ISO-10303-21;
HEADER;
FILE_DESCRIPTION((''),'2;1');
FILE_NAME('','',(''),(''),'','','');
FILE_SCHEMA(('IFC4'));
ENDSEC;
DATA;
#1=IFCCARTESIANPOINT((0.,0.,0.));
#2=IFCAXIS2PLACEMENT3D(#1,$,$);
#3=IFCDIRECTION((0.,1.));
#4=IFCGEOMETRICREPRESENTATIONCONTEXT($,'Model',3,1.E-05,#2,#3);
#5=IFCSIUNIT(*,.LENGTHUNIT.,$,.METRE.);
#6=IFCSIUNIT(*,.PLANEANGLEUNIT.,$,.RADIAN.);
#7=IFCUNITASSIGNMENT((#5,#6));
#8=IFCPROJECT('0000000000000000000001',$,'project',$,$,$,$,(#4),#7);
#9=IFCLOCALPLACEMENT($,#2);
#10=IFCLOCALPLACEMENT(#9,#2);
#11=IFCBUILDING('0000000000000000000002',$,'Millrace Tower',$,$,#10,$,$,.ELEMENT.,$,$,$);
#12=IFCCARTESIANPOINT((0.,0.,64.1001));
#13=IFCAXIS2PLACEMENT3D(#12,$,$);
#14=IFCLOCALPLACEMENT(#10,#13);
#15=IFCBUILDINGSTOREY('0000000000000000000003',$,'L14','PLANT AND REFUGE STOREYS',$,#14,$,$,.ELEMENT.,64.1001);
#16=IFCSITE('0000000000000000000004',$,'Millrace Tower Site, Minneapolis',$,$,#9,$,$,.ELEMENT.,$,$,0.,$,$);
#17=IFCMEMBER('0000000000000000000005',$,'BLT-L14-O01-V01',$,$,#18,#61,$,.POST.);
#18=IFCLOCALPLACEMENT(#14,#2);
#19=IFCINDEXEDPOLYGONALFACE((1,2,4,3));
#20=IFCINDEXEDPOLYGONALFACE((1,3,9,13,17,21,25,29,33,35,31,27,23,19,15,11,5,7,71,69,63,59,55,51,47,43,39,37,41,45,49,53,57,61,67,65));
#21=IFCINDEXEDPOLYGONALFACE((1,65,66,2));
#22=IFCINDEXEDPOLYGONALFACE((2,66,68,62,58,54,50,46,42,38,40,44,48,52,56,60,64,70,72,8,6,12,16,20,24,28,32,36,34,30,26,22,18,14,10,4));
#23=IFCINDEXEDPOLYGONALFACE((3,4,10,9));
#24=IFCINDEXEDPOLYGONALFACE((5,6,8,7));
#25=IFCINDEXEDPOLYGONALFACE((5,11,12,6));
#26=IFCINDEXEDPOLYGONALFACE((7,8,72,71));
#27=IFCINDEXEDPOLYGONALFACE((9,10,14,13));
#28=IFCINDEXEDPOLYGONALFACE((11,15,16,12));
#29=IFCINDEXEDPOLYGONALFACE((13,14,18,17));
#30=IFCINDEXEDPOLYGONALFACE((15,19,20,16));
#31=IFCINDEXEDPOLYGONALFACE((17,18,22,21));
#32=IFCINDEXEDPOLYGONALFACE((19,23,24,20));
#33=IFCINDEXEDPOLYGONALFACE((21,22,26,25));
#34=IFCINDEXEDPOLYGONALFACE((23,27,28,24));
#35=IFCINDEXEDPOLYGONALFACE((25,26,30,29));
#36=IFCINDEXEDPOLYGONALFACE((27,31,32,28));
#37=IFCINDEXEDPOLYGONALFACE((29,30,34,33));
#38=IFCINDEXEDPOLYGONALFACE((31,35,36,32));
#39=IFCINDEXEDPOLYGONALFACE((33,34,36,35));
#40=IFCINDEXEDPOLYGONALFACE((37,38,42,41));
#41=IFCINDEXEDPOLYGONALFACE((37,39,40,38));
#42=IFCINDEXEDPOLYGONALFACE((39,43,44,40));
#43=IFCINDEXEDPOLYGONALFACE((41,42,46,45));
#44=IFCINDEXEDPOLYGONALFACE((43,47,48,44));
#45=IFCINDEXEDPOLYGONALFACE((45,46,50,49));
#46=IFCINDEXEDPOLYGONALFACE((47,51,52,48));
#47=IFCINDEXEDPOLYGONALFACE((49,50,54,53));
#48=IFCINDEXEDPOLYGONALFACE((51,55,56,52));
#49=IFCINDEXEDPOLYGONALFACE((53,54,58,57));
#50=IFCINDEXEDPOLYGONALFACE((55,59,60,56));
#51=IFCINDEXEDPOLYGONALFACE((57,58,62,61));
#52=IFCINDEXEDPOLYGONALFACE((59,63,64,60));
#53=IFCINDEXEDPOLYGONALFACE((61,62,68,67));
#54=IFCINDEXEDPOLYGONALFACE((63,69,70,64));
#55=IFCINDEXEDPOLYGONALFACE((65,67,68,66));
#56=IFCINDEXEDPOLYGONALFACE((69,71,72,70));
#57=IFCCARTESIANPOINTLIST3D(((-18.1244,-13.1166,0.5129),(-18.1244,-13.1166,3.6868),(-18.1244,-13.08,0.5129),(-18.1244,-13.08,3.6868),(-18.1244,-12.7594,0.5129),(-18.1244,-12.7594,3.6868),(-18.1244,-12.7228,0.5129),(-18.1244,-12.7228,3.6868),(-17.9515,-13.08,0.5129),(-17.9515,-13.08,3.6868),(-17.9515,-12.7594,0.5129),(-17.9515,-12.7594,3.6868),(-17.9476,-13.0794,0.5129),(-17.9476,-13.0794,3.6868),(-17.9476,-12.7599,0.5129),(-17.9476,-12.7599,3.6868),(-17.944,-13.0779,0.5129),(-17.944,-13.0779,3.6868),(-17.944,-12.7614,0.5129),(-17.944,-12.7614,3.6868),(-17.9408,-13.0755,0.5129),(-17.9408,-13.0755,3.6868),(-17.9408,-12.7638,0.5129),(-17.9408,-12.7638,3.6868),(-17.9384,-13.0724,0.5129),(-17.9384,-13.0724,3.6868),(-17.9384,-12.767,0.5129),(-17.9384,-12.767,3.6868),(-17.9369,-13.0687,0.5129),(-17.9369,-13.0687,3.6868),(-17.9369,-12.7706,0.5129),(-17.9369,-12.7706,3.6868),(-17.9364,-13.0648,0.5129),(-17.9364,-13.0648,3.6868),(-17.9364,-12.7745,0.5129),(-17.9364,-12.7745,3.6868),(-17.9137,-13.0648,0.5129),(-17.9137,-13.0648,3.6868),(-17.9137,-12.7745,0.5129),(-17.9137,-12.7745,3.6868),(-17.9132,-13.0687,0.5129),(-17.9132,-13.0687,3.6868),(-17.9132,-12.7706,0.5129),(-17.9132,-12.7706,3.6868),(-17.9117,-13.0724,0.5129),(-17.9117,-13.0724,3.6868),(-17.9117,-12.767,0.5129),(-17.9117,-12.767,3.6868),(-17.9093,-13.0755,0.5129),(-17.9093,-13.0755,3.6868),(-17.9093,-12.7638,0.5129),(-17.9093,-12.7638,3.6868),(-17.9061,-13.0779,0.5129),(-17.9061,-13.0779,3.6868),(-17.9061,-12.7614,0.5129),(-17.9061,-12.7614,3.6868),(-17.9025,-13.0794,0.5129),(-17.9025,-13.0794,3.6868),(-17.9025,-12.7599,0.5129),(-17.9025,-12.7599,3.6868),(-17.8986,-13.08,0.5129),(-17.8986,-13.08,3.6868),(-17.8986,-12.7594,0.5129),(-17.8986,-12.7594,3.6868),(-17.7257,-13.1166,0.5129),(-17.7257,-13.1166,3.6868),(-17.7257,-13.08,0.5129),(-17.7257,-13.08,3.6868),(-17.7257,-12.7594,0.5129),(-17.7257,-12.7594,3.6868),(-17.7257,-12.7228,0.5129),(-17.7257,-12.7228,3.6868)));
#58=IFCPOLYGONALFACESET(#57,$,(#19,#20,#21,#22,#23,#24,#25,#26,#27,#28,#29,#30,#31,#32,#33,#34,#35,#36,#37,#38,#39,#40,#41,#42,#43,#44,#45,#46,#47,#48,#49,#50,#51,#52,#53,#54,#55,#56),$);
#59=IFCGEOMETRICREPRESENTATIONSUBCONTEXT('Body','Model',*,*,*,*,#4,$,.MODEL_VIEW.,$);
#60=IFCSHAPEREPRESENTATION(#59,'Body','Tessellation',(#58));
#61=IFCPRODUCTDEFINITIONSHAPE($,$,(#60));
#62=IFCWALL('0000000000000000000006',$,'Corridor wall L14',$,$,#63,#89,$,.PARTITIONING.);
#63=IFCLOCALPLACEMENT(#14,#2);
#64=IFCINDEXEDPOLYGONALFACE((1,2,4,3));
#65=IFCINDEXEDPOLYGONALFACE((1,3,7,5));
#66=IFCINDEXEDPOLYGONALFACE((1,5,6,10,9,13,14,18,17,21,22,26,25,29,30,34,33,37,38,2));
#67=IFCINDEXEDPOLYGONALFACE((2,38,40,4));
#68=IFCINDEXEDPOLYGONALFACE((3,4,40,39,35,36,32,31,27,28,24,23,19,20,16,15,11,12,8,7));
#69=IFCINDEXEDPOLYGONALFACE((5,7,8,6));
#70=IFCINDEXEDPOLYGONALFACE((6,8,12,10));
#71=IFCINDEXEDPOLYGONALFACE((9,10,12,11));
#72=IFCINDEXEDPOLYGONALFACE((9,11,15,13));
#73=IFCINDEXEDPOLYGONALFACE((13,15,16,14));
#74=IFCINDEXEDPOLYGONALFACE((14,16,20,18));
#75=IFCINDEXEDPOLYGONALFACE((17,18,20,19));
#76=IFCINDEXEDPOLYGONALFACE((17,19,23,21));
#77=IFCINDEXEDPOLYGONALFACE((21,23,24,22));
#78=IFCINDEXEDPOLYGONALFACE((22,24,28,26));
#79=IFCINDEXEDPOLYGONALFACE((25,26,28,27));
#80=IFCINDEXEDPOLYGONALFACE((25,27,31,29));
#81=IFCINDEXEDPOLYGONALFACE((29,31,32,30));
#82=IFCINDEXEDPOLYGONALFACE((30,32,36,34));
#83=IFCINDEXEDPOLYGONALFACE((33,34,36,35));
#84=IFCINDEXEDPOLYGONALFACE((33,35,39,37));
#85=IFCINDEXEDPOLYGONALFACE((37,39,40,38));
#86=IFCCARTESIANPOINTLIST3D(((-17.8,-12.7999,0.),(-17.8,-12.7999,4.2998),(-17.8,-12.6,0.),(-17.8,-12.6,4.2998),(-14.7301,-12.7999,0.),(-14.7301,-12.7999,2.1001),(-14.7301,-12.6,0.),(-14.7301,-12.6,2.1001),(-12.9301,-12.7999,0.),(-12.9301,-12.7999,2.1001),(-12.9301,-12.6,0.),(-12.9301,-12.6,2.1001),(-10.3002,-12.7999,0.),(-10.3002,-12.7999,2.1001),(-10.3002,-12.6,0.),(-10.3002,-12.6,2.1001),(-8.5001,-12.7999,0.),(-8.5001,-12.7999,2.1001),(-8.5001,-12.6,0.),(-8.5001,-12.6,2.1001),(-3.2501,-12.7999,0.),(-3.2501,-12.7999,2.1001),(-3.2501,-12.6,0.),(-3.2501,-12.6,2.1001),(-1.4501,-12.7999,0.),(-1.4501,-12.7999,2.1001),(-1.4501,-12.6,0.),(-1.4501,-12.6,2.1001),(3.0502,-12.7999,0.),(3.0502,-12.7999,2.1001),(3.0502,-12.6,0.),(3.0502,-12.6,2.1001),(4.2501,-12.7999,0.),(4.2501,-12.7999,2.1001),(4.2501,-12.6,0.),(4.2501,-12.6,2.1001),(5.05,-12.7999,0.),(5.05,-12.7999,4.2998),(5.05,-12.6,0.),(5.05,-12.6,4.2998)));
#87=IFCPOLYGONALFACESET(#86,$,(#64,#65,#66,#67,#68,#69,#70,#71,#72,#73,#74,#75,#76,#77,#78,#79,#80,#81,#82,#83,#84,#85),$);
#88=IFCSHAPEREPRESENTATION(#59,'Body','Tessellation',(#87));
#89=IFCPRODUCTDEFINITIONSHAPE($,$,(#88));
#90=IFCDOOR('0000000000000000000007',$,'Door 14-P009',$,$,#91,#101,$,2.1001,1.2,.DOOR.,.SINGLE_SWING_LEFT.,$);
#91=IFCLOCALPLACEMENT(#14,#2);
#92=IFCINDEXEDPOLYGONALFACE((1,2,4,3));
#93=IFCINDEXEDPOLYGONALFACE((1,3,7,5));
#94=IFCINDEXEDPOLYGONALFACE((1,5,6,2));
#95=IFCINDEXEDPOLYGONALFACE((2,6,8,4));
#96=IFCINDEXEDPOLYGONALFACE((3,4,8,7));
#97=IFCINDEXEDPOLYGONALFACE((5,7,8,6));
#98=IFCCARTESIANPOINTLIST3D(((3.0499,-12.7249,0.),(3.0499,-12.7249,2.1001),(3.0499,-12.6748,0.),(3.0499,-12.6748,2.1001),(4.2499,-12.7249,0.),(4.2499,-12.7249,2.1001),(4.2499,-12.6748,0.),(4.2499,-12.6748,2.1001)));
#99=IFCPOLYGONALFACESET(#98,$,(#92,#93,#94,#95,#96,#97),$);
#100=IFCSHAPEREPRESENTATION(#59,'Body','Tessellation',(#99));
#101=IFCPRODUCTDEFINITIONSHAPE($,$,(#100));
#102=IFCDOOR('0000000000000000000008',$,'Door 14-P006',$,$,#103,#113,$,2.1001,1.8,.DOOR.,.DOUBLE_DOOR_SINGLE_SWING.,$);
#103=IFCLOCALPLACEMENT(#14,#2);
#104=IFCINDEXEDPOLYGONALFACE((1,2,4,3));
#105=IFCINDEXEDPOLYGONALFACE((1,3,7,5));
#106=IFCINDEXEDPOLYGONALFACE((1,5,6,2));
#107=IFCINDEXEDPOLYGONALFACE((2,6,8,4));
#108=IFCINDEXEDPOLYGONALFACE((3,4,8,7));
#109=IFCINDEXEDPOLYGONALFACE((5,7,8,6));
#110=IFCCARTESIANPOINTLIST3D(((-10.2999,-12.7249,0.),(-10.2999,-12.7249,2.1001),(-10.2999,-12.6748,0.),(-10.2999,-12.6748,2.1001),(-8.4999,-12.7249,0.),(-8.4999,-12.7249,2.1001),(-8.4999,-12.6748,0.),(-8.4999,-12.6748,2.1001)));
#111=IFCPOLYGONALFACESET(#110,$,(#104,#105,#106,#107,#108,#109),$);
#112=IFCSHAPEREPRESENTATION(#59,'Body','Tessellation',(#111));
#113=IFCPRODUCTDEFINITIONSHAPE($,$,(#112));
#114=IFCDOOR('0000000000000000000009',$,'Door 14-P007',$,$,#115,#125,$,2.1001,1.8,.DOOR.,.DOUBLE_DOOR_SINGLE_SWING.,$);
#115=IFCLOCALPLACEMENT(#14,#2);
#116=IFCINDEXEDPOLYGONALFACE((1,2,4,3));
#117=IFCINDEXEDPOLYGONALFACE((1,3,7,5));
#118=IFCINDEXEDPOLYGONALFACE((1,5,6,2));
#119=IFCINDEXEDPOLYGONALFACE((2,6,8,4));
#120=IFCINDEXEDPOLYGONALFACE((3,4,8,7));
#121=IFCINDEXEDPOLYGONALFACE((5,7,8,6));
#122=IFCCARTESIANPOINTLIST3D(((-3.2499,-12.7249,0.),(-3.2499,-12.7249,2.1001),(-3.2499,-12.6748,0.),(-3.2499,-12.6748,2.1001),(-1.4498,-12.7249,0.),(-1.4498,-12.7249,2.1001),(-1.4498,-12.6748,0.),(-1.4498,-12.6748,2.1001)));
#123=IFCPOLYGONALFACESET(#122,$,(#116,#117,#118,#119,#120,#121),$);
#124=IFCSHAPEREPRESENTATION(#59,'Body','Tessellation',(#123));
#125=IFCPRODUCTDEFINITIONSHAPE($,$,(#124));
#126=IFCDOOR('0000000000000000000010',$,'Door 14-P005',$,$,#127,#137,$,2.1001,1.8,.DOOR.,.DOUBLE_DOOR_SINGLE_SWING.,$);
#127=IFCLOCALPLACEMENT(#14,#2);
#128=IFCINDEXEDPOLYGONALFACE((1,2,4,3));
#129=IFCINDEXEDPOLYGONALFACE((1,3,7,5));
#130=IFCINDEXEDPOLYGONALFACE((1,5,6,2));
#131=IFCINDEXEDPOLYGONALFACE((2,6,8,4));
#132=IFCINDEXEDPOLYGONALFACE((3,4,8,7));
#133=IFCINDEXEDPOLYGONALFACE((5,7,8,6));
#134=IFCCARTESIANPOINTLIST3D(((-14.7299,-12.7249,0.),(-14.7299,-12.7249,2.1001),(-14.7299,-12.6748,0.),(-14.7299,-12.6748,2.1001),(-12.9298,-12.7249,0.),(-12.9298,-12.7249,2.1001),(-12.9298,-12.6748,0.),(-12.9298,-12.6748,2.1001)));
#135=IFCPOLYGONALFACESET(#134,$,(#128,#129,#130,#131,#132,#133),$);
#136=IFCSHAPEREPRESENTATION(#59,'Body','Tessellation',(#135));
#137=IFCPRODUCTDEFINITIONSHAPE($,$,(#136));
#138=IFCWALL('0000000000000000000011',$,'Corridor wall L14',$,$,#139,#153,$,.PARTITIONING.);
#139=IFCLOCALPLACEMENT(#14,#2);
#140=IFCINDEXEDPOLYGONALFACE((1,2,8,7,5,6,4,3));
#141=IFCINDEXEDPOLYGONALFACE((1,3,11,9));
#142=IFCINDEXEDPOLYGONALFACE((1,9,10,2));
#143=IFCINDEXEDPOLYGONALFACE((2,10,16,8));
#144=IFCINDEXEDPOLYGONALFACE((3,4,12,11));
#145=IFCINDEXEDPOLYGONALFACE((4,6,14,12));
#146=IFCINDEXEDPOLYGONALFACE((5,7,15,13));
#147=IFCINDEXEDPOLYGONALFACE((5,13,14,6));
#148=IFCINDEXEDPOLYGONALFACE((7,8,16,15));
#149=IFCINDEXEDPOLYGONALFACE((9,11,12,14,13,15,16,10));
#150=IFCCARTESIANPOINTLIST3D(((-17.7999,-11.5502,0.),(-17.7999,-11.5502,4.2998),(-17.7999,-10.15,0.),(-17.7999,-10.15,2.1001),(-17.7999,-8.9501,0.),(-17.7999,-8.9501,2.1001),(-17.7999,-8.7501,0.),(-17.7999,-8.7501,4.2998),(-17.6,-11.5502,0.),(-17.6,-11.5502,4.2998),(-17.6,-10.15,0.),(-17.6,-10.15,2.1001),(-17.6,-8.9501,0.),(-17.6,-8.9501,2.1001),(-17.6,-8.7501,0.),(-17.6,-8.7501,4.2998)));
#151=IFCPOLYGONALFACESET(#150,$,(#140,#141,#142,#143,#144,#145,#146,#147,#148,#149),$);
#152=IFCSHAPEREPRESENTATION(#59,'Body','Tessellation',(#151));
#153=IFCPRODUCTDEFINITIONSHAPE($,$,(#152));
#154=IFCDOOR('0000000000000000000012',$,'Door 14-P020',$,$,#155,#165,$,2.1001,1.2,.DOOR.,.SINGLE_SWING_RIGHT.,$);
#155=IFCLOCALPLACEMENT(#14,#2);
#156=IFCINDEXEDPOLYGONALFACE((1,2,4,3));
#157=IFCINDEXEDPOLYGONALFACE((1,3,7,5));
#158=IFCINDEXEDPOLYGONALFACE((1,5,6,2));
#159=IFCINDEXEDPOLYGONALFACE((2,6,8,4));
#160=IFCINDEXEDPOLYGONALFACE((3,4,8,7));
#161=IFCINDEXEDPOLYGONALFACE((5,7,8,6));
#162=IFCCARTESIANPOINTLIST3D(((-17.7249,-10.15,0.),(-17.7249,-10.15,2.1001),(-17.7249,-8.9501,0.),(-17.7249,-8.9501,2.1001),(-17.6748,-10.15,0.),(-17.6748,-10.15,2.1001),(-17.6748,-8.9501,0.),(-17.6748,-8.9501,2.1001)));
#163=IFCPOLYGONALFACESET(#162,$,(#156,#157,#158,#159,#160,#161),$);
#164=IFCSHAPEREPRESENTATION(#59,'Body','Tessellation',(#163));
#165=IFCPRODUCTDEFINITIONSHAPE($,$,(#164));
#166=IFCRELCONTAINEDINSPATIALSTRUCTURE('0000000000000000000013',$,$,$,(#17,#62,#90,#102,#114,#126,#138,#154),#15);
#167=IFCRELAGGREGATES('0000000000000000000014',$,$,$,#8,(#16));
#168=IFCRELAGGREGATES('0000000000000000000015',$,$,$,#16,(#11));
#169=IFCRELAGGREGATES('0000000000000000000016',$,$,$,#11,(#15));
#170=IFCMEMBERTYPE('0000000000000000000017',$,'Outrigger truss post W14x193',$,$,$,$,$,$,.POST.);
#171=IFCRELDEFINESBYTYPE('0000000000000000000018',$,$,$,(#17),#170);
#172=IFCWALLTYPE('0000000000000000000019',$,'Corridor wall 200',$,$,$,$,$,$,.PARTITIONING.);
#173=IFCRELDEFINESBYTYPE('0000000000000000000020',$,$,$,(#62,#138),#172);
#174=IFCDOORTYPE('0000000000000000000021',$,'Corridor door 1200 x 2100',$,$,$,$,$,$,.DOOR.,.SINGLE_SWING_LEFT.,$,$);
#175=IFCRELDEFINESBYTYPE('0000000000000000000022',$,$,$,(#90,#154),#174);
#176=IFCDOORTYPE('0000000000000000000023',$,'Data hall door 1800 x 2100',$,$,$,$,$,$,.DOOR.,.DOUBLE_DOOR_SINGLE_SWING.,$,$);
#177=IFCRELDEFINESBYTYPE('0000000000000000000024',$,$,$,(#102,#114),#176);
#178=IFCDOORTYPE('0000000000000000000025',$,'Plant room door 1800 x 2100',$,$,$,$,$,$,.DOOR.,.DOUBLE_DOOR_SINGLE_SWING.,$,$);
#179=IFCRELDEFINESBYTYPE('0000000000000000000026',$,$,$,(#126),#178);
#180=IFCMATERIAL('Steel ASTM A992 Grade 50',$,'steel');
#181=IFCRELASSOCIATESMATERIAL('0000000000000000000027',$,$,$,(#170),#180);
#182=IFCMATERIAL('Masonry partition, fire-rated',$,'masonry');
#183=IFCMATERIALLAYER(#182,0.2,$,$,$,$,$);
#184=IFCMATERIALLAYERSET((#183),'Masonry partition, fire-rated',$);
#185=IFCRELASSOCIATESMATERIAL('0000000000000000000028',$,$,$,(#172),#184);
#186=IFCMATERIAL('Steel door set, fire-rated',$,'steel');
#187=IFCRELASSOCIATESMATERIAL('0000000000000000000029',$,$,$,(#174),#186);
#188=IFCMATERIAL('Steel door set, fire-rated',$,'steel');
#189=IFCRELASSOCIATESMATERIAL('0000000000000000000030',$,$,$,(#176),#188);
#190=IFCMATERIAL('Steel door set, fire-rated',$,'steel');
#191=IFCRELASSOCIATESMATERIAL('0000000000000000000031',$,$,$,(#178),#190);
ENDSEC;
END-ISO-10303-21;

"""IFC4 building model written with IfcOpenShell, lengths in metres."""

from ifc_helpers import new_model, si_unit, direction, frame, frame_2d, origin, origin_2d, place, context, subcontext, project, spatial, rectangle, i_section, extrude, material, layer, layer_set, material_profile, profile_set, type_object, element, fill, save


model = new_model("IFC4")

# Units and contexts
model_context = context("Model", 3, precision=1e-05, world=origin(), true_north=direction((0.0, 1.0)))
body_context = subcontext(model_context, "Body", "Model", "MODEL_VIEW")
ifc_project = project(units=[si_unit("LENGTHUNIT", "METRE"), si_unit("PLANEANGLEUNIT", "RADIAN")], contexts=[model_context])

# Site, building, storey
site_placement = place(None, origin())
site = spatial("IfcSite", under=ifc_project, at=site_placement, Name="Millrace Tower Site, Minneapolis", CompositionType="ELEMENT", RefElevation=0.0)
building_placement = place(site_placement, origin())
building = spatial("IfcBuilding", under=site, at=building_placement, Name="Millrace Tower", CompositionType="ELEMENT")
storey_placement = place(building_placement, frame((0.0, 0.0, 64.1001)))
storey = spatial("IfcBuildingStorey", under=building, at=storey_placement, Name="L14", Description="PLANT AND REFUGE STOREYS", CompositionType="ELEMENT", Elevation=64.1001)

# Member
ifc_material_1 = material(Name="Steel ASTM A992 Grade 50", Category="steel")
ifc_material_profile_1 = material_profile(ifc_material_1, i_section(OverallWidth=0.3987, OverallDepth=0.3938, WebThickness=0.0227, FlangeThickness=0.0366, FilletRadius=0.0151, at=origin_2d()))
ifc_profile_set_1 = profile_set([ifc_material_profile_1], Name="Steel ASTM A992 Grade 50")
member_type_1 = type_object("IfcMemberType", Name="Outrigger truss post W14x193", PredefinedType="POST", material=ifc_profile_set_1)
for number, where, z_axis, x_axis, name in (
    (1, (-17.925, -12.9197, 0.5129), (0.0, 0.0, 1.0), (1.0, 0.0, 0.0), "BLT-L14-O01-V01"),
):
    element("IfcMember", number, at=place(storey_placement, frame(where, z_axis=z_axis, x_axis=x_axis)), inside=storey, type_object=member_type_1, Name=name, PredefinedType="POST", context=body_context, shape_type="SweptSolid", body=[
        extrude(i_section(OverallWidth=0.3987, OverallDepth=0.3938, WebThickness=0.0227, FlangeThickness=0.0366, FilletRadius=0.0151, at=origin_2d()), origin(), (0.0, 0.0, 1.0), 3.1738),
    ])

# Wall, openings, doors
ifc_material_2 = material(Name="Masonry partition, fire-rated", Category="masonry")
ifc_layer_1 = layer(ifc_material_2, 0.2)
ifc_layer_set_1 = layer_set([ifc_layer_1], Name="Masonry partition, fire-rated")
wall_type_1 = type_object("IfcWallType", Name="Corridor wall 200", PredefinedType="PARTITIONING", material=ifc_layer_set_1)
wall_1_placement = place(storey_placement, frame((-17.8, -12.7, 0.0), z_axis=(0.0, 0.0, 1.0), x_axis=(1.0, 0.0, 0.0)))
wall_1 = element("IfcWall", 2, at=wall_1_placement, inside=storey, type_object=wall_type_1, Name="Corridor wall L14", PredefinedType="PARTITIONING", context=body_context, shape_type="SweptSolid", body=[
    extrude(rectangle(XDim=22.8501, YDim=0.2, at=frame_2d((11.425, 0.0))), origin(), (0.0, 0.0, 1.0), 4.2998),
])
opening_1_placement = place(wall_1_placement, frame((3.0701, 0.0, 0.0)))
opening_1 = element("IfcOpeningElement", 3, at=opening_1_placement, cuts=wall_1, PredefinedType="OPENING", context=body_context, shape_type="SweptSolid", body=[
    extrude(rectangle(XDim=1.8, YDim=2.1001, at=frame_2d((0.8999, 1.05))), frame((0.0, 0.1099, 0.0), z_axis=(0.0, -1.0, 0.0), x_axis=(1.0, 0.0, 0.0)), (0.0, 0.0, 1.0), 0.22),
])
opening_2_placement = place(wall_1_placement, frame((7.5, 0.0, 0.0)))
opening_2 = element("IfcOpeningElement", 4, at=opening_2_placement, cuts=wall_1, PredefinedType="OPENING", context=body_context, shape_type="SweptSolid", body=[
    extrude(rectangle(XDim=1.8, YDim=2.1001, at=frame_2d((0.8999, 1.05))), frame((0.0, 0.1099, 0.0), z_axis=(0.0, -1.0, 0.0), x_axis=(1.0, 0.0, 0.0)), (0.0, 0.0, 1.0), 0.22),
])
opening_3_placement = place(wall_1_placement, frame((14.55, 0.0, 0.0)))
opening_3 = element("IfcOpeningElement", 5, at=opening_3_placement, cuts=wall_1, PredefinedType="OPENING", context=body_context, shape_type="SweptSolid", body=[
    extrude(rectangle(XDim=1.8, YDim=2.1001, at=frame_2d((0.8999, 1.05))), frame((0.0, 0.1099, 0.0), z_axis=(0.0, -1.0, 0.0), x_axis=(1.0, 0.0, 0.0)), (0.0, 0.0, 1.0), 0.22),
])
opening_4_placement = place(wall_1_placement, frame((20.8501, 0.0, 0.0)))
opening_4 = element("IfcOpeningElement", 6, at=opening_4_placement, cuts=wall_1, PredefinedType="OPENING", context=body_context, shape_type="SweptSolid", body=[
    extrude(rectangle(XDim=1.2, YDim=2.1001, at=frame_2d((0.6001, 1.05))), frame((0.0, 0.1099, 0.0), z_axis=(0.0, -1.0, 0.0), x_axis=(1.0, 0.0, 0.0)), (0.0, 0.0, 1.0), 0.22),
])
ifc_material_3 = material(Name="Steel door set, fire-rated", Category="steel")
door_type_1 = type_object("IfcDoorType", Name="Corridor door 1200 x 2100", OperationType="SINGLE_SWING_LEFT", PredefinedType="DOOR", material=ifc_material_3)
door_1_placement = place(opening_4_placement, frame((1.2, 0.0, 0.0), z_axis=(0.0, 0.0, 1.0), x_axis=(-1.0, 0.0, 0.0)))
door_1 = element("IfcDoor", 7, at=door_1_placement, inside=storey, type_object=door_type_1, Name="Door 14-P009", OperationType="SINGLE_SWING_LEFT", OverallHeight=2.1001, OverallWidth=1.2, PredefinedType="DOOR", context=body_context, shape_type="SweptSolid", body=[
    extrude(rectangle(XDim=1.2, YDim=2.1001, at=frame_2d((0.6001, 1.05))), frame((0.0, 0.0249, 0.0), z_axis=(0.0, -1.0, 0.0), x_axis=(1.0, 0.0, 0.0)), (0.0, 0.0, 1.0), 0.05),
])
fill(opening_4, door_1)
ifc_material_4 = material(Name="Steel door set, fire-rated", Category="steel")
door_type_2 = type_object("IfcDoorType", Name="Data hall door 1800 x 2100", OperationType="DOUBLE_DOOR_SINGLE_SWING", PredefinedType="DOOR", material=ifc_material_4)
door_2_placement = place(opening_2_placement, frame((1.8, 0.0, 0.0), z_axis=(0.0, 0.0, 1.0), x_axis=(-1.0, 0.0, 0.0)))
door_2 = element("IfcDoor", 8, at=door_2_placement, inside=storey, type_object=door_type_2, Name="Door 14-P006", OperationType="DOUBLE_DOOR_SINGLE_SWING", OverallHeight=2.1001, OverallWidth=1.8, PredefinedType="DOOR", context=body_context, shape_type="SweptSolid", body=[
    extrude(rectangle(XDim=1.8, YDim=2.1001, at=frame_2d((0.8999, 1.05))), frame((0.0, 0.0249, 0.0), z_axis=(0.0, -1.0, 0.0), x_axis=(1.0, 0.0, 0.0)), (0.0, 0.0, 1.0), 0.05),
])
fill(opening_2, door_2)
door_3_placement = place(opening_3_placement, frame((1.8, 0.0, 0.0), z_axis=(0.0, 0.0, 1.0), x_axis=(-1.0, 0.0, 0.0)))
door_3 = element("IfcDoor", 9, at=door_3_placement, inside=storey, type_object=door_type_2, Name="Door 14-P007", OperationType="DOUBLE_DOOR_SINGLE_SWING", OverallHeight=2.1001, OverallWidth=1.8, PredefinedType="DOOR", context=body_context, shape_type="SweptSolid", body=[
    extrude(rectangle(XDim=1.8, YDim=2.1001, at=frame_2d((0.8999, 1.05))), frame((0.0, 0.0249, 0.0), z_axis=(0.0, -1.0, 0.0), x_axis=(1.0, 0.0, 0.0)), (0.0, 0.0, 1.0), 0.05),
])
fill(opening_3, door_3)
ifc_material_5 = material(Name="Steel door set, fire-rated", Category="steel")
door_type_3 = type_object("IfcDoorType", Name="Plant room door 1800 x 2100", OperationType="DOUBLE_DOOR_SINGLE_SWING", PredefinedType="DOOR", material=ifc_material_5)
door_4_placement = place(opening_1_placement, frame((1.8, 0.0, 0.0), z_axis=(0.0, 0.0, 1.0), x_axis=(-1.0, 0.0, 0.0)))
door_4 = element("IfcDoor", 10, at=door_4_placement, inside=storey, type_object=door_type_3, Name="Door 14-P005", OperationType="DOUBLE_DOOR_SINGLE_SWING", OverallHeight=2.1001, OverallWidth=1.8, PredefinedType="DOOR", context=body_context, shape_type="SweptSolid", body=[
    extrude(rectangle(XDim=1.8, YDim=2.1001, at=frame_2d((0.8999, 1.05))), frame((0.0, 0.0249, 0.0), z_axis=(0.0, -1.0, 0.0), x_axis=(1.0, 0.0, 0.0)), (0.0, 0.0, 1.0), 0.05),
])
fill(opening_1, door_4)

# Wall, opening, door
wall_2_placement = place(storey_placement, frame((-17.7, -11.55, 0.0), z_axis=(0.0, 0.0, 1.0), x_axis=(0.0, 1.0, 0.0)))
wall_2 = element("IfcWall", 11, at=wall_2_placement, inside=storey, type_object=wall_type_1, Name="Corridor wall L14", PredefinedType="PARTITIONING", context=body_context, shape_type="SweptSolid", body=[
    extrude(rectangle(XDim=2.8, YDim=0.2, at=frame_2d((1.3999, 0.0))), origin(), (0.0, 0.0, 1.0), 4.2998),
])
opening_5_placement = place(wall_2_placement, frame((1.3999, 0.0, 0.0)))
opening_5 = element("IfcOpeningElement", 12, at=opening_5_placement, cuts=wall_2, PredefinedType="OPENING", context=body_context, shape_type="SweptSolid", body=[
    extrude(rectangle(XDim=1.2, YDim=2.1001, at=frame_2d((0.6001, 1.05))), frame((0.0, 0.1099, 0.0), z_axis=(0.0, -1.0, 0.0), x_axis=(1.0, 0.0, 0.0)), (0.0, 0.0, 1.0), 0.22),
])
door_5_placement = place(opening_5_placement, origin())
door_5 = element("IfcDoor", 13, at=door_5_placement, inside=storey, type_object=door_type_1, Name="Door 14-P020", OperationType="SINGLE_SWING_RIGHT", OverallHeight=2.1001, OverallWidth=1.2, PredefinedType="DOOR", context=body_context, shape_type="SweptSolid", body=[
    extrude(rectangle(XDim=1.2, YDim=2.1001, at=frame_2d((0.6001, 1.05))), frame((0.0, 0.0249, 0.0), z_axis=(0.0, -1.0, 0.0), x_axis=(1.0, 0.0, 0.0)), (0.0, 0.0, 1.0), 0.05),
])
fill(opening_5, door_5)

save(model, "model.ifc")
